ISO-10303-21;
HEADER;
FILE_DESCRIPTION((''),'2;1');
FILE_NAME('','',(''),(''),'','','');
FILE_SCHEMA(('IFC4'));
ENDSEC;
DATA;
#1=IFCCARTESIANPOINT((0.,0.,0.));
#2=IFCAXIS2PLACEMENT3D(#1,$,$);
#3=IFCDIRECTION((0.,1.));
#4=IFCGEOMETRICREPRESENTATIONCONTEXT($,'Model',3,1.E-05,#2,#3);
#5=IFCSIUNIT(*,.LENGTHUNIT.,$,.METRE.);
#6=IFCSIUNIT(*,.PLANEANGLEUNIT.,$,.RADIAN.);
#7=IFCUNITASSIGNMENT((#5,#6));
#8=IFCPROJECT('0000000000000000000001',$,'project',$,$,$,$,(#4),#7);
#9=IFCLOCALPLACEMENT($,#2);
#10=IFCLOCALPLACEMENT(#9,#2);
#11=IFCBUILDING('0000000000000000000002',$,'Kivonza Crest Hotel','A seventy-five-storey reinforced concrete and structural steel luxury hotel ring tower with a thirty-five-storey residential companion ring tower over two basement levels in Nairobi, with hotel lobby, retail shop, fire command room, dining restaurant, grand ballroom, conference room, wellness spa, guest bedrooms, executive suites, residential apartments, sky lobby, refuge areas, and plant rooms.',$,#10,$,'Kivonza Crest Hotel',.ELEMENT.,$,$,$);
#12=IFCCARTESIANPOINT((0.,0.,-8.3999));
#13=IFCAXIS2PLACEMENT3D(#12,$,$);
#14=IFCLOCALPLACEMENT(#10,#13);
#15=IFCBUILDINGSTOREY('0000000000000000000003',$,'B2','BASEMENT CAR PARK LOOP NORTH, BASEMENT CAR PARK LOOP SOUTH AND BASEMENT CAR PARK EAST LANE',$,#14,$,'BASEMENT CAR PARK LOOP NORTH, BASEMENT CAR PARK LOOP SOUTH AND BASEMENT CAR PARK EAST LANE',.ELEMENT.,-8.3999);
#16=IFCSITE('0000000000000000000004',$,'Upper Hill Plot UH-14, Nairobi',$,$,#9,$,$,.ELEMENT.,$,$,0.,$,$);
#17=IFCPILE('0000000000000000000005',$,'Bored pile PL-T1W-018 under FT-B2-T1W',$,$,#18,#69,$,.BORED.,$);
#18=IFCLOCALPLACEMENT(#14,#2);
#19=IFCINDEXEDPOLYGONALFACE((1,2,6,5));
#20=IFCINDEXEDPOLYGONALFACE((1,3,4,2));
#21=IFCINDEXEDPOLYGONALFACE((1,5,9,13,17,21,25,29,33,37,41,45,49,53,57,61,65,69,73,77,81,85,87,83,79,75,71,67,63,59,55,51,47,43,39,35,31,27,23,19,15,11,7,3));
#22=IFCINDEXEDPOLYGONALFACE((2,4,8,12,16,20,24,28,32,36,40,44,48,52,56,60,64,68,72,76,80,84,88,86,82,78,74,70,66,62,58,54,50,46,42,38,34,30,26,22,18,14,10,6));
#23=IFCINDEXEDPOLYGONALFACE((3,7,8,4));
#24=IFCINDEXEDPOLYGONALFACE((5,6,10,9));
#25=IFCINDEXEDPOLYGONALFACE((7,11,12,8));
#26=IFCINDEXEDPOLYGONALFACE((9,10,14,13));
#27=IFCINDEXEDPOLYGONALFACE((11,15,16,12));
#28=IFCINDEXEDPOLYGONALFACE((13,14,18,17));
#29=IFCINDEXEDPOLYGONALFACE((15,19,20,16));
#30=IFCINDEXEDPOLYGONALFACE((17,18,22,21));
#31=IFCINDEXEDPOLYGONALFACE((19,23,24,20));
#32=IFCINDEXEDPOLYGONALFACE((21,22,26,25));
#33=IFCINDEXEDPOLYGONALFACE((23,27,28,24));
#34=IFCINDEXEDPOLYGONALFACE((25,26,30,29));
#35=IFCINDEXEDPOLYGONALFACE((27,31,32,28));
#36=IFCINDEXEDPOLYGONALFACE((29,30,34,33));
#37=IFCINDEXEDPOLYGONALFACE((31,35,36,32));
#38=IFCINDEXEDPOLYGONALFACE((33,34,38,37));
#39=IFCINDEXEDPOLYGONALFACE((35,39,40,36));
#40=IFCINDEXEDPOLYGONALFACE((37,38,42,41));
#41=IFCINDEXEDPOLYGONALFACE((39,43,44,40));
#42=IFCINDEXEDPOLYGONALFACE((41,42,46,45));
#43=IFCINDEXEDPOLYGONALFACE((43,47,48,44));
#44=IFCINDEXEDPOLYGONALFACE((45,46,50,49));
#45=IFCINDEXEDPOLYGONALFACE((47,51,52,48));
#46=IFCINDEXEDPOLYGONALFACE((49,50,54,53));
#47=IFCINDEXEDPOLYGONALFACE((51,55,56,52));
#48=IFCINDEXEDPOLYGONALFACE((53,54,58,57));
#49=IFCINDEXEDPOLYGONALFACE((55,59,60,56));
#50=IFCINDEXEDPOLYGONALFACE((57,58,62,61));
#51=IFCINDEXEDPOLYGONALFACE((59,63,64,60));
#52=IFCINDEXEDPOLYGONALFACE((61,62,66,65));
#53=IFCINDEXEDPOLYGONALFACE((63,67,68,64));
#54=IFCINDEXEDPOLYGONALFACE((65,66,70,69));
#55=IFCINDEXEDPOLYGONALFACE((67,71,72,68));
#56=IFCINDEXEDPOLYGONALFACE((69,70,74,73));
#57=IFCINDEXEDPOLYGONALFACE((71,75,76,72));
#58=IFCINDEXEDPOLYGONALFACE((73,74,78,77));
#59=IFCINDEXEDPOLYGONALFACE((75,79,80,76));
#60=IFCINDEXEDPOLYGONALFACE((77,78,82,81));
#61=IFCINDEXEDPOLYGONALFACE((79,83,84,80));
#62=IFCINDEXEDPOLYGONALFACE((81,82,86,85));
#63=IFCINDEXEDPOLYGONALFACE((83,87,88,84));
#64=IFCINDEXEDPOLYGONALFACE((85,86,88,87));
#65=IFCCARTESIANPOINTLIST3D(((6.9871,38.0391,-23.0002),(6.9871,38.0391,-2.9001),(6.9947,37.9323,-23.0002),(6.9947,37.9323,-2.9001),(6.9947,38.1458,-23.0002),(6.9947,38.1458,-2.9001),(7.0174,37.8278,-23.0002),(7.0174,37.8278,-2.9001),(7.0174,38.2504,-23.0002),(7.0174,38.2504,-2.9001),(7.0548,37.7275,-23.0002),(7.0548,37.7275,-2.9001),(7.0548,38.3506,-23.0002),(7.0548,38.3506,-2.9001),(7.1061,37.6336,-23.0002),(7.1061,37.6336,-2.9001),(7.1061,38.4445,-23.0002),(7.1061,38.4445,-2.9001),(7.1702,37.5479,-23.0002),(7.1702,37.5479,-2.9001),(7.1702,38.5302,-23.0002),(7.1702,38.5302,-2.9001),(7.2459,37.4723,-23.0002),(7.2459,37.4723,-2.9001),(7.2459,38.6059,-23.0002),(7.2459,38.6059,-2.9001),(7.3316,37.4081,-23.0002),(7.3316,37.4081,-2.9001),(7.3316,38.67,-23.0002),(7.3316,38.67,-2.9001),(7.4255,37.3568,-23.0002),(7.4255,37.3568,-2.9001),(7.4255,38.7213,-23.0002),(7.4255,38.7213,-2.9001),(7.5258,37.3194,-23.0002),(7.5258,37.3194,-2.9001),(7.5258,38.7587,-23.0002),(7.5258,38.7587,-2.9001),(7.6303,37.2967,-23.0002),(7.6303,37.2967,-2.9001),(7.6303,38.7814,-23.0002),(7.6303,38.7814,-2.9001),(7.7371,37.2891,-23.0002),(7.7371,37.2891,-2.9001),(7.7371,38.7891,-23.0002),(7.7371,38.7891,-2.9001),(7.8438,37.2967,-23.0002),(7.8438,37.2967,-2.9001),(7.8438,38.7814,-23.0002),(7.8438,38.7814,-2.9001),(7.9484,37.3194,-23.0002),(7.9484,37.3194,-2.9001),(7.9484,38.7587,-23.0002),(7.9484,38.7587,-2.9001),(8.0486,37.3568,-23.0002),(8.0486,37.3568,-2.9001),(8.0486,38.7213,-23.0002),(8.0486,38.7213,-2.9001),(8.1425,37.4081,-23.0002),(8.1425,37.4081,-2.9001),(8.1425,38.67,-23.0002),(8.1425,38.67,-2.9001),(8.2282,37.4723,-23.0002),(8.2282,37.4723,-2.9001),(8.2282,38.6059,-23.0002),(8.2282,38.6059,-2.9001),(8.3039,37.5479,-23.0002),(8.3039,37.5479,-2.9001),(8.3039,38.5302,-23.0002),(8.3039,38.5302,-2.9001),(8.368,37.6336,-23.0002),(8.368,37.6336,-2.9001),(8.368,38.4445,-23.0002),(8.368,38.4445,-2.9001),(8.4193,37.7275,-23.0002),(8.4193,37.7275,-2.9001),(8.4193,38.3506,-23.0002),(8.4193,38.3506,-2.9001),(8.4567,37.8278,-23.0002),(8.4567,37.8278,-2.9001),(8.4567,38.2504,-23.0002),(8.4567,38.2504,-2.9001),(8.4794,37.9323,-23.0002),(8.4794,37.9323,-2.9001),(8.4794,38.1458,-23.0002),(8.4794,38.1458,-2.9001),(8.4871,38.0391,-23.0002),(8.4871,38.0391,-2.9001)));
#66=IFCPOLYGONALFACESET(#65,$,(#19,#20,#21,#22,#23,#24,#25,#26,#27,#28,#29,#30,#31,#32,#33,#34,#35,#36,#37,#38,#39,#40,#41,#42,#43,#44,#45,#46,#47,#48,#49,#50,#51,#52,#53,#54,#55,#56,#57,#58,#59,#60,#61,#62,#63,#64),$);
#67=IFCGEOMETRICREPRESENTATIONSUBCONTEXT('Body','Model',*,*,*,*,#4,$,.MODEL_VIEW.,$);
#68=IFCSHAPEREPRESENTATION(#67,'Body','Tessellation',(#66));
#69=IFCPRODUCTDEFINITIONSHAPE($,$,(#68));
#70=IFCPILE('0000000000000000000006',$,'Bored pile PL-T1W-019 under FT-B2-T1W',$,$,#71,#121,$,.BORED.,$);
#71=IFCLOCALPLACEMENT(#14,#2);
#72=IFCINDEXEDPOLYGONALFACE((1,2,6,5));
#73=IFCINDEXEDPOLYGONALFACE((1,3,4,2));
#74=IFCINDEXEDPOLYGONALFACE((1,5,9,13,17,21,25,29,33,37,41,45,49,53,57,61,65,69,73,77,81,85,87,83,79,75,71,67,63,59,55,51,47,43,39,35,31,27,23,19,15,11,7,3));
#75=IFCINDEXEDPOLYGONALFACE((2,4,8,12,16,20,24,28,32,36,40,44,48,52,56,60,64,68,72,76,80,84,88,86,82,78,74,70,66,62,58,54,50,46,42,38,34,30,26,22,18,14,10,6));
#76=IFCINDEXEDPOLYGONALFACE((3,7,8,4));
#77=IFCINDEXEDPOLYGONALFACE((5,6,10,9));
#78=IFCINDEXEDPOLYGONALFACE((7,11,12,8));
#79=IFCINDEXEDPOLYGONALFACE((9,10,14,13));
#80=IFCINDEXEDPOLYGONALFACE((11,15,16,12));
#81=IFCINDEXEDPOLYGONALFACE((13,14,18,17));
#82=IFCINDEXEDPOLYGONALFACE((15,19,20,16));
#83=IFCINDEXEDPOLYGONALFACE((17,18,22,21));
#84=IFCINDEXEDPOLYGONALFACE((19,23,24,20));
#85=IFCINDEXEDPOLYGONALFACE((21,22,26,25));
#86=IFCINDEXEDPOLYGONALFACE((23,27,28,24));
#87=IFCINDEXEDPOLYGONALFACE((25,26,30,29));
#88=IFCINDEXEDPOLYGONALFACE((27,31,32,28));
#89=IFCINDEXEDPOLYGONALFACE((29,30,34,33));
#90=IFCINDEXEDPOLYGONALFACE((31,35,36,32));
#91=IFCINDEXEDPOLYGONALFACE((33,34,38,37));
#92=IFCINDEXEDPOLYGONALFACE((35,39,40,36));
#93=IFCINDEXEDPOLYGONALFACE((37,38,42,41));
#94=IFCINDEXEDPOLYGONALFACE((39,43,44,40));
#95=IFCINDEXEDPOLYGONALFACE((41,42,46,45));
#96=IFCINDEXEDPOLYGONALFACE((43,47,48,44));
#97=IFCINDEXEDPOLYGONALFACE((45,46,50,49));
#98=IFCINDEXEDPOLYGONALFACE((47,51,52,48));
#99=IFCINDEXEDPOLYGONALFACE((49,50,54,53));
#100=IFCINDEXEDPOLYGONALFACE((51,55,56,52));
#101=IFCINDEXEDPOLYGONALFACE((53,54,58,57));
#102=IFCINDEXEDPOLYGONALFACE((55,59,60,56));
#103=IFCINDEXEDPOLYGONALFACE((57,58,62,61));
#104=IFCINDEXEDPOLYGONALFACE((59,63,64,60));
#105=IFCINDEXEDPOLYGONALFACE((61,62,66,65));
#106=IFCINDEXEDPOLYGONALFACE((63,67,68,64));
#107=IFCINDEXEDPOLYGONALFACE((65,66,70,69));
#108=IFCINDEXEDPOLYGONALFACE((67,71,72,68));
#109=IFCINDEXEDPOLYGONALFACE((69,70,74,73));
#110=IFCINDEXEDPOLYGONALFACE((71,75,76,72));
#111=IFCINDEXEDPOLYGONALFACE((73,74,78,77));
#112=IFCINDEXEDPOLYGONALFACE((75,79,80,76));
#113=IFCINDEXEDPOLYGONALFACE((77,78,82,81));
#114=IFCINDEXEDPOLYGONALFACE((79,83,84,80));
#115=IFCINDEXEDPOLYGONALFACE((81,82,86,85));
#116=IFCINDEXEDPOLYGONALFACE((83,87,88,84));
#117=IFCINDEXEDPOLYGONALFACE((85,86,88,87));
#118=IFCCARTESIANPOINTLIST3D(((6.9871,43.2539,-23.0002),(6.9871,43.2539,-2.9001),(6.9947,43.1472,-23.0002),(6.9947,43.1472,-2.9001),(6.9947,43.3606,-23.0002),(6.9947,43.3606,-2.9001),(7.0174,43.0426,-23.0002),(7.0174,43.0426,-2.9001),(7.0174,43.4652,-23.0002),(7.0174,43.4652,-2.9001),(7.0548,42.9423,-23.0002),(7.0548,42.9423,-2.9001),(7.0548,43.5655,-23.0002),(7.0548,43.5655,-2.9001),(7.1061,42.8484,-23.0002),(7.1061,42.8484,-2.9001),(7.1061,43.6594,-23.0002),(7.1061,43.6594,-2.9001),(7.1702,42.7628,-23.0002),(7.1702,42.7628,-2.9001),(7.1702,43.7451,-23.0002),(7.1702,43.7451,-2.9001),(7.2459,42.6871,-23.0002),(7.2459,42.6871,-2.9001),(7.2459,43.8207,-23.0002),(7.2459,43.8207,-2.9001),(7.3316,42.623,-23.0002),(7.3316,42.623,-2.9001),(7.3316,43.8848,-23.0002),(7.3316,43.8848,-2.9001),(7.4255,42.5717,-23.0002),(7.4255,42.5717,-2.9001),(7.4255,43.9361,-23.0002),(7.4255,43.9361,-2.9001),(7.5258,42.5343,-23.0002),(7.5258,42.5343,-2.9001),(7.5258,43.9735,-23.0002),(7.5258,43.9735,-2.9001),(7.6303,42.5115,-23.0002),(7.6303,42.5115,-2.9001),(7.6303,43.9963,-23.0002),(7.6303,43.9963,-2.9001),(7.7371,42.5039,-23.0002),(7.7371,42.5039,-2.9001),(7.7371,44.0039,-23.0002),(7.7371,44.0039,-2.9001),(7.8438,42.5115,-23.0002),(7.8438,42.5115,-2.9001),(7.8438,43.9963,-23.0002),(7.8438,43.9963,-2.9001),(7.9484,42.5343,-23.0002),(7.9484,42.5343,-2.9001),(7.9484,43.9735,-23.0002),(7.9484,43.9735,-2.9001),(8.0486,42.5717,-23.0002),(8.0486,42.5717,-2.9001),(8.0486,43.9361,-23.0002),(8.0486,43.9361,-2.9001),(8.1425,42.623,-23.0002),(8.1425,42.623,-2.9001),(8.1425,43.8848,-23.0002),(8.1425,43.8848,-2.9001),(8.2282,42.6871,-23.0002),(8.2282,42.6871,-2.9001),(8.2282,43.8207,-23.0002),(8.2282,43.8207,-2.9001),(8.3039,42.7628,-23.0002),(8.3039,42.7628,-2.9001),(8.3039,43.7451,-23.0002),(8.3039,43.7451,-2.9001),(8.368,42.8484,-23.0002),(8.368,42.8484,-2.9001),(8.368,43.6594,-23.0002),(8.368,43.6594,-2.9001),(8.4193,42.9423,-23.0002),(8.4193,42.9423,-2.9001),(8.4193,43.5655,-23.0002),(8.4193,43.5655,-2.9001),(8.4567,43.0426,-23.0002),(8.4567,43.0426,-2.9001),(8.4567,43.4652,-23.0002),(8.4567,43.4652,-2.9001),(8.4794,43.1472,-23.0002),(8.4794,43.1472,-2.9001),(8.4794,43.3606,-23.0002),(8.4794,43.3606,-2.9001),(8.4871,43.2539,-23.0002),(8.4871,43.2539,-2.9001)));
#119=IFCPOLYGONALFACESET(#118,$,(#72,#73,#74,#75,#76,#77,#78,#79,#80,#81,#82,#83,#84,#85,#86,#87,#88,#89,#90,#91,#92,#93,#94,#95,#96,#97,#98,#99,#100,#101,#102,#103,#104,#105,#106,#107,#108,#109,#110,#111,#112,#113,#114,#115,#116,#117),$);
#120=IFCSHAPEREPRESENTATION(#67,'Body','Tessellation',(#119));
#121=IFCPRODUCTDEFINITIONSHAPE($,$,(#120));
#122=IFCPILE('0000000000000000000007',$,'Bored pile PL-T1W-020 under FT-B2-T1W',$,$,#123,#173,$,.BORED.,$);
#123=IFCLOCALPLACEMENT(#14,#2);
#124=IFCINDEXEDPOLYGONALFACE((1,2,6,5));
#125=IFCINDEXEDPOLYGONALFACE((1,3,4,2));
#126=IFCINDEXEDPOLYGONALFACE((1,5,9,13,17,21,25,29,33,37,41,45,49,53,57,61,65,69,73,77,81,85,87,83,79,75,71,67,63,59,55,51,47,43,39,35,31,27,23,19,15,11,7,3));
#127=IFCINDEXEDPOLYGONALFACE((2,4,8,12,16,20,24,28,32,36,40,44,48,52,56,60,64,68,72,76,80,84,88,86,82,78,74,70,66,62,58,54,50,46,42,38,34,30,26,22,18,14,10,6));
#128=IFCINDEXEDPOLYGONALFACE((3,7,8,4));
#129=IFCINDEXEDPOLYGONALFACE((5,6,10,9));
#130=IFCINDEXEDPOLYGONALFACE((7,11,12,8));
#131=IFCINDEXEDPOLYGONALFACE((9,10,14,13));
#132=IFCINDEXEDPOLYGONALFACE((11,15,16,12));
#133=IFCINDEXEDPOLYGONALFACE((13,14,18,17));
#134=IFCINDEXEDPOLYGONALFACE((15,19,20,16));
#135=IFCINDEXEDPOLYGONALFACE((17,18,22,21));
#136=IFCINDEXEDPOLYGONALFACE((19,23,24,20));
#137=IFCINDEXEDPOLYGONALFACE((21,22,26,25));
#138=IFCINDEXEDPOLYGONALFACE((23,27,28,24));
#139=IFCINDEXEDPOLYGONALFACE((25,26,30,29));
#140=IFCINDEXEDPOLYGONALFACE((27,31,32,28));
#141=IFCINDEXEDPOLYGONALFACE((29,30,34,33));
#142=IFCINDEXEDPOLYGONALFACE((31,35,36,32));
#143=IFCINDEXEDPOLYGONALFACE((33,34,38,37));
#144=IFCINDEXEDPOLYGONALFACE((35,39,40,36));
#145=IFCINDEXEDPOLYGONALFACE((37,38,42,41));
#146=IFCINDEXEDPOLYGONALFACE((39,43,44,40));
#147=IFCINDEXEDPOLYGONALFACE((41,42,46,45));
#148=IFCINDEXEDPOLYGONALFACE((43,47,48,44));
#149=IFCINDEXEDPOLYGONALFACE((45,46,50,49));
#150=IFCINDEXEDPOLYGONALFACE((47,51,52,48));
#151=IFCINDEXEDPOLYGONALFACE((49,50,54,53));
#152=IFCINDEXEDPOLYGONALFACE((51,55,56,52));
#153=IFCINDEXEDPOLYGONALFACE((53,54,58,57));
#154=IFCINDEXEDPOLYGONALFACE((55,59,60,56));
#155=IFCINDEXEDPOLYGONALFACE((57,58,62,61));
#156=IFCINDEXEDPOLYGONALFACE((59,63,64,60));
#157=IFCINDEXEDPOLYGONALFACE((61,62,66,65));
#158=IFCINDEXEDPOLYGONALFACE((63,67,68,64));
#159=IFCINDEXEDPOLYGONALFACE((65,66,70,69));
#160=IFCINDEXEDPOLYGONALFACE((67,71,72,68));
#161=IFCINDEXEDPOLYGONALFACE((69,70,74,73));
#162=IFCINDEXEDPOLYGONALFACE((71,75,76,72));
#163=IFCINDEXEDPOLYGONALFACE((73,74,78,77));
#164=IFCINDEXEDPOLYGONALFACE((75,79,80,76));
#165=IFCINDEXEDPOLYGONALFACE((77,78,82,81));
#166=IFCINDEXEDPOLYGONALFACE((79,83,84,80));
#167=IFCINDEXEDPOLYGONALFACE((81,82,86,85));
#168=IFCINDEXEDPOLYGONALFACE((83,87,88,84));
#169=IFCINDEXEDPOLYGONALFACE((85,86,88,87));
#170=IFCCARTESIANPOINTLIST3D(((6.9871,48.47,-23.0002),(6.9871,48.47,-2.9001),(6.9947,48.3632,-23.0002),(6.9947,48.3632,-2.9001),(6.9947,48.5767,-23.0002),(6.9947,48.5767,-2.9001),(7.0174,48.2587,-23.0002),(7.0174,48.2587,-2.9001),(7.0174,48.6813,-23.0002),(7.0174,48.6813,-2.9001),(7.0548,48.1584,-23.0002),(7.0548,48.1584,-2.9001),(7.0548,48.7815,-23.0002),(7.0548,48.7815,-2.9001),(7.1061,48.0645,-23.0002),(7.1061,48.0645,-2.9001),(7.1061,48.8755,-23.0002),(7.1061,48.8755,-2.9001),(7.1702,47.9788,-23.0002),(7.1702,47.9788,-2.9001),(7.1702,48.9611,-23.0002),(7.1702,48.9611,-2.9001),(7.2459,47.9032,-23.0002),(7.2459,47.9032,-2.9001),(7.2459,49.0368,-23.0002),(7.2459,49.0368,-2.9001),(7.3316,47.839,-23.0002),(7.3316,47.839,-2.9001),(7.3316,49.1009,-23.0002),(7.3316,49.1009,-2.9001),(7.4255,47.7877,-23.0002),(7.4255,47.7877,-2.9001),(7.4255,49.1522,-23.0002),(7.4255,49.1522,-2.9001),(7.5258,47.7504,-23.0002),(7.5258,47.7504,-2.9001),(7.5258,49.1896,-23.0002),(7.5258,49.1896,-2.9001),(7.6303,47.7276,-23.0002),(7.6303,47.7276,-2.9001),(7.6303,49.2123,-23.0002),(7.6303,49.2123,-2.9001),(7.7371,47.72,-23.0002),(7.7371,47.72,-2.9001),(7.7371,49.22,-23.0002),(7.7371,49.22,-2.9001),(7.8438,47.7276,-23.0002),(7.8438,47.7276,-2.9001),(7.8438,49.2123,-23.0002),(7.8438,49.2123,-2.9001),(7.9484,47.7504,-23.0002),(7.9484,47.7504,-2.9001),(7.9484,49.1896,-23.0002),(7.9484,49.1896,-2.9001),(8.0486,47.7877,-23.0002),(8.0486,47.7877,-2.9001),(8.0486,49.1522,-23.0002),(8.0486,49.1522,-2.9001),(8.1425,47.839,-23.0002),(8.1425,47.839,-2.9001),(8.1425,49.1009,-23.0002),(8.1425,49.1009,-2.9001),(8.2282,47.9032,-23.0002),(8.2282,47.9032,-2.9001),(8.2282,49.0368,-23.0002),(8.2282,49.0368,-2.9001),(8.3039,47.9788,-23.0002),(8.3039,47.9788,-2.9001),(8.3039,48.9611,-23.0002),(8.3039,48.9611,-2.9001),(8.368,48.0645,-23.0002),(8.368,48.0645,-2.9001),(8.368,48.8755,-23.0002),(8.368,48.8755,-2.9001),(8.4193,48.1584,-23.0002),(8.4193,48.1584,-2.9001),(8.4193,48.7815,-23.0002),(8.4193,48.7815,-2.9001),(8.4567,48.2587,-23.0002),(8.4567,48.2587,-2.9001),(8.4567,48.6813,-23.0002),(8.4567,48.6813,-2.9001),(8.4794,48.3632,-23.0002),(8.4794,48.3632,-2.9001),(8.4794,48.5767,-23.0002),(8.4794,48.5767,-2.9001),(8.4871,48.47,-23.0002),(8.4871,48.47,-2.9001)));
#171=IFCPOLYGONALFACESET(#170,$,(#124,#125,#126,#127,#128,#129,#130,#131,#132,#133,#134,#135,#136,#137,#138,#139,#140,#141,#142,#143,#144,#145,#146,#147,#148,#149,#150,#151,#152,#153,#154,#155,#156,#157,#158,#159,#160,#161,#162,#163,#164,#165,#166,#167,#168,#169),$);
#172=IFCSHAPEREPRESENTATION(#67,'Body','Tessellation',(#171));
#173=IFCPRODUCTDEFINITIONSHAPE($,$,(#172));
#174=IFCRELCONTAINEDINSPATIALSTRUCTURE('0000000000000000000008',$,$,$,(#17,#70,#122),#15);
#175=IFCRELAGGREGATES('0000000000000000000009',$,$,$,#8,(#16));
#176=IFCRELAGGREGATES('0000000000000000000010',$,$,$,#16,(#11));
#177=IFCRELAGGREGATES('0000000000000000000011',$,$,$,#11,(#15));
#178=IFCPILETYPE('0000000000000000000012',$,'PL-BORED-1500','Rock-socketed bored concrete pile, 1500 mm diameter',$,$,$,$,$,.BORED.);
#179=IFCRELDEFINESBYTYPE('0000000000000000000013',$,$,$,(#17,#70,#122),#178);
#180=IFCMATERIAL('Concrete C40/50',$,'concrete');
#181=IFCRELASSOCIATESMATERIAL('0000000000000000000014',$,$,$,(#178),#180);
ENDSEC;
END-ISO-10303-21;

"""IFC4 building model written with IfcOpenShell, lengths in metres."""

from ifc_helpers import new_model, si_unit, direction, frame, origin, origin_2d, place, context, subcontext, project, spatial, circle, extrude, material, material_profile, profile_set, type_object, element, save


model = new_model("IFC4")

# Units and contexts
model_context = context("Model", 3, precision=1e-05, world=origin(), true_north=direction((0.0, 1.0)))
body_context = subcontext(model_context, "Body", "Model", "MODEL_VIEW")
ifc_project = project(units=[si_unit("LENGTHUNIT", "METRE"), si_unit("PLANEANGLEUNIT", "RADIAN")], contexts=[model_context])

# Site, building, storey
site_placement = place(None, origin())
site = spatial("IfcSite", under=ifc_project, at=site_placement, Name="Upper Hill Plot UH-14, Nairobi", CompositionType="ELEMENT", RefElevation=0.0)
building_placement = place(site_placement, origin())
building = spatial("IfcBuilding", under=site, at=building_placement, Name="Kivonza Crest Hotel", Description="A seventy-five-storey reinforced concrete and structural steel luxury hotel ring tower with a thirty-five-storey residential companion ring tower over two basement levels in Nairobi, with hotel lobby, retail shop, fire command room, dining restaurant, grand ballroom, conference room, wellness spa, guest bedrooms, executive suites, residential apartments, sky lobby, refuge areas, and plant rooms.", LongName="Kivonza Crest Hotel", CompositionType="ELEMENT")
storey_placement = place(building_placement, frame((0.0, 0.0, -8.3999)))
storey = spatial("IfcBuildingStorey", under=building, at=storey_placement, Name="B2", Description="BASEMENT CAR PARK LOOP NORTH, BASEMENT CAR PARK LOOP SOUTH AND BASEMENT CAR PARK EAST LANE", LongName="BASEMENT CAR PARK LOOP NORTH, BASEMENT CAR PARK LOOP SOUTH AND BASEMENT CAR PARK EAST LANE", CompositionType="ELEMENT", Elevation=-8.3999)

# Piles
ifc_material_1 = material(Name="Concrete C40/50", Category="concrete")
ifc_material_profile_1 = material_profile(ifc_material_1, circle(Radius=0.75, at=origin_2d()), Name="PILE D1500")
ifc_profile_set_1 = profile_set([ifc_material_profile_1], Name="Concrete C40/50")
pile_type = type_object("IfcPileType", Name="PL-BORED-1500", Description="Rock-socketed bored concrete pile, 1500 mm diameter", PredefinedType="BORED", material=ifc_profile_set_1)
for number, where, z_axis, x_axis, name in (
    (1, (7.7371, 38.0391, -2.9001), (0.0, 0.0, -1.0), (1.0, 0.0, 0.0), "Bored pile PL-T1W-018 under FT-B2-T1W"),
    (2, (7.7371, 43.2539, -2.9001), (0.0, 0.0, -1.0), (1.0, 0.0, 0.0), "Bored pile PL-T1W-019 under FT-B2-T1W"),
    (3, (7.7371, 48.47, -2.9001), (0.0, 0.0, -1.0), (1.0, 0.0, 0.0), "Bored pile PL-T1W-020 under FT-B2-T1W"),
):
    element("IfcPile", number, at=place(storey_placement, frame(where, z_axis=z_axis, x_axis=x_axis)), inside=storey, type_object=pile_type, Name=name, PredefinedType="BORED", context=body_context, shape_type="SweptSolid", body=[
        extrude(circle(Radius=0.75, at=origin_2d()), origin(), (0.0, 0.0, 1.0), 20.1001),
    ])

save(model, "model.ifc")
